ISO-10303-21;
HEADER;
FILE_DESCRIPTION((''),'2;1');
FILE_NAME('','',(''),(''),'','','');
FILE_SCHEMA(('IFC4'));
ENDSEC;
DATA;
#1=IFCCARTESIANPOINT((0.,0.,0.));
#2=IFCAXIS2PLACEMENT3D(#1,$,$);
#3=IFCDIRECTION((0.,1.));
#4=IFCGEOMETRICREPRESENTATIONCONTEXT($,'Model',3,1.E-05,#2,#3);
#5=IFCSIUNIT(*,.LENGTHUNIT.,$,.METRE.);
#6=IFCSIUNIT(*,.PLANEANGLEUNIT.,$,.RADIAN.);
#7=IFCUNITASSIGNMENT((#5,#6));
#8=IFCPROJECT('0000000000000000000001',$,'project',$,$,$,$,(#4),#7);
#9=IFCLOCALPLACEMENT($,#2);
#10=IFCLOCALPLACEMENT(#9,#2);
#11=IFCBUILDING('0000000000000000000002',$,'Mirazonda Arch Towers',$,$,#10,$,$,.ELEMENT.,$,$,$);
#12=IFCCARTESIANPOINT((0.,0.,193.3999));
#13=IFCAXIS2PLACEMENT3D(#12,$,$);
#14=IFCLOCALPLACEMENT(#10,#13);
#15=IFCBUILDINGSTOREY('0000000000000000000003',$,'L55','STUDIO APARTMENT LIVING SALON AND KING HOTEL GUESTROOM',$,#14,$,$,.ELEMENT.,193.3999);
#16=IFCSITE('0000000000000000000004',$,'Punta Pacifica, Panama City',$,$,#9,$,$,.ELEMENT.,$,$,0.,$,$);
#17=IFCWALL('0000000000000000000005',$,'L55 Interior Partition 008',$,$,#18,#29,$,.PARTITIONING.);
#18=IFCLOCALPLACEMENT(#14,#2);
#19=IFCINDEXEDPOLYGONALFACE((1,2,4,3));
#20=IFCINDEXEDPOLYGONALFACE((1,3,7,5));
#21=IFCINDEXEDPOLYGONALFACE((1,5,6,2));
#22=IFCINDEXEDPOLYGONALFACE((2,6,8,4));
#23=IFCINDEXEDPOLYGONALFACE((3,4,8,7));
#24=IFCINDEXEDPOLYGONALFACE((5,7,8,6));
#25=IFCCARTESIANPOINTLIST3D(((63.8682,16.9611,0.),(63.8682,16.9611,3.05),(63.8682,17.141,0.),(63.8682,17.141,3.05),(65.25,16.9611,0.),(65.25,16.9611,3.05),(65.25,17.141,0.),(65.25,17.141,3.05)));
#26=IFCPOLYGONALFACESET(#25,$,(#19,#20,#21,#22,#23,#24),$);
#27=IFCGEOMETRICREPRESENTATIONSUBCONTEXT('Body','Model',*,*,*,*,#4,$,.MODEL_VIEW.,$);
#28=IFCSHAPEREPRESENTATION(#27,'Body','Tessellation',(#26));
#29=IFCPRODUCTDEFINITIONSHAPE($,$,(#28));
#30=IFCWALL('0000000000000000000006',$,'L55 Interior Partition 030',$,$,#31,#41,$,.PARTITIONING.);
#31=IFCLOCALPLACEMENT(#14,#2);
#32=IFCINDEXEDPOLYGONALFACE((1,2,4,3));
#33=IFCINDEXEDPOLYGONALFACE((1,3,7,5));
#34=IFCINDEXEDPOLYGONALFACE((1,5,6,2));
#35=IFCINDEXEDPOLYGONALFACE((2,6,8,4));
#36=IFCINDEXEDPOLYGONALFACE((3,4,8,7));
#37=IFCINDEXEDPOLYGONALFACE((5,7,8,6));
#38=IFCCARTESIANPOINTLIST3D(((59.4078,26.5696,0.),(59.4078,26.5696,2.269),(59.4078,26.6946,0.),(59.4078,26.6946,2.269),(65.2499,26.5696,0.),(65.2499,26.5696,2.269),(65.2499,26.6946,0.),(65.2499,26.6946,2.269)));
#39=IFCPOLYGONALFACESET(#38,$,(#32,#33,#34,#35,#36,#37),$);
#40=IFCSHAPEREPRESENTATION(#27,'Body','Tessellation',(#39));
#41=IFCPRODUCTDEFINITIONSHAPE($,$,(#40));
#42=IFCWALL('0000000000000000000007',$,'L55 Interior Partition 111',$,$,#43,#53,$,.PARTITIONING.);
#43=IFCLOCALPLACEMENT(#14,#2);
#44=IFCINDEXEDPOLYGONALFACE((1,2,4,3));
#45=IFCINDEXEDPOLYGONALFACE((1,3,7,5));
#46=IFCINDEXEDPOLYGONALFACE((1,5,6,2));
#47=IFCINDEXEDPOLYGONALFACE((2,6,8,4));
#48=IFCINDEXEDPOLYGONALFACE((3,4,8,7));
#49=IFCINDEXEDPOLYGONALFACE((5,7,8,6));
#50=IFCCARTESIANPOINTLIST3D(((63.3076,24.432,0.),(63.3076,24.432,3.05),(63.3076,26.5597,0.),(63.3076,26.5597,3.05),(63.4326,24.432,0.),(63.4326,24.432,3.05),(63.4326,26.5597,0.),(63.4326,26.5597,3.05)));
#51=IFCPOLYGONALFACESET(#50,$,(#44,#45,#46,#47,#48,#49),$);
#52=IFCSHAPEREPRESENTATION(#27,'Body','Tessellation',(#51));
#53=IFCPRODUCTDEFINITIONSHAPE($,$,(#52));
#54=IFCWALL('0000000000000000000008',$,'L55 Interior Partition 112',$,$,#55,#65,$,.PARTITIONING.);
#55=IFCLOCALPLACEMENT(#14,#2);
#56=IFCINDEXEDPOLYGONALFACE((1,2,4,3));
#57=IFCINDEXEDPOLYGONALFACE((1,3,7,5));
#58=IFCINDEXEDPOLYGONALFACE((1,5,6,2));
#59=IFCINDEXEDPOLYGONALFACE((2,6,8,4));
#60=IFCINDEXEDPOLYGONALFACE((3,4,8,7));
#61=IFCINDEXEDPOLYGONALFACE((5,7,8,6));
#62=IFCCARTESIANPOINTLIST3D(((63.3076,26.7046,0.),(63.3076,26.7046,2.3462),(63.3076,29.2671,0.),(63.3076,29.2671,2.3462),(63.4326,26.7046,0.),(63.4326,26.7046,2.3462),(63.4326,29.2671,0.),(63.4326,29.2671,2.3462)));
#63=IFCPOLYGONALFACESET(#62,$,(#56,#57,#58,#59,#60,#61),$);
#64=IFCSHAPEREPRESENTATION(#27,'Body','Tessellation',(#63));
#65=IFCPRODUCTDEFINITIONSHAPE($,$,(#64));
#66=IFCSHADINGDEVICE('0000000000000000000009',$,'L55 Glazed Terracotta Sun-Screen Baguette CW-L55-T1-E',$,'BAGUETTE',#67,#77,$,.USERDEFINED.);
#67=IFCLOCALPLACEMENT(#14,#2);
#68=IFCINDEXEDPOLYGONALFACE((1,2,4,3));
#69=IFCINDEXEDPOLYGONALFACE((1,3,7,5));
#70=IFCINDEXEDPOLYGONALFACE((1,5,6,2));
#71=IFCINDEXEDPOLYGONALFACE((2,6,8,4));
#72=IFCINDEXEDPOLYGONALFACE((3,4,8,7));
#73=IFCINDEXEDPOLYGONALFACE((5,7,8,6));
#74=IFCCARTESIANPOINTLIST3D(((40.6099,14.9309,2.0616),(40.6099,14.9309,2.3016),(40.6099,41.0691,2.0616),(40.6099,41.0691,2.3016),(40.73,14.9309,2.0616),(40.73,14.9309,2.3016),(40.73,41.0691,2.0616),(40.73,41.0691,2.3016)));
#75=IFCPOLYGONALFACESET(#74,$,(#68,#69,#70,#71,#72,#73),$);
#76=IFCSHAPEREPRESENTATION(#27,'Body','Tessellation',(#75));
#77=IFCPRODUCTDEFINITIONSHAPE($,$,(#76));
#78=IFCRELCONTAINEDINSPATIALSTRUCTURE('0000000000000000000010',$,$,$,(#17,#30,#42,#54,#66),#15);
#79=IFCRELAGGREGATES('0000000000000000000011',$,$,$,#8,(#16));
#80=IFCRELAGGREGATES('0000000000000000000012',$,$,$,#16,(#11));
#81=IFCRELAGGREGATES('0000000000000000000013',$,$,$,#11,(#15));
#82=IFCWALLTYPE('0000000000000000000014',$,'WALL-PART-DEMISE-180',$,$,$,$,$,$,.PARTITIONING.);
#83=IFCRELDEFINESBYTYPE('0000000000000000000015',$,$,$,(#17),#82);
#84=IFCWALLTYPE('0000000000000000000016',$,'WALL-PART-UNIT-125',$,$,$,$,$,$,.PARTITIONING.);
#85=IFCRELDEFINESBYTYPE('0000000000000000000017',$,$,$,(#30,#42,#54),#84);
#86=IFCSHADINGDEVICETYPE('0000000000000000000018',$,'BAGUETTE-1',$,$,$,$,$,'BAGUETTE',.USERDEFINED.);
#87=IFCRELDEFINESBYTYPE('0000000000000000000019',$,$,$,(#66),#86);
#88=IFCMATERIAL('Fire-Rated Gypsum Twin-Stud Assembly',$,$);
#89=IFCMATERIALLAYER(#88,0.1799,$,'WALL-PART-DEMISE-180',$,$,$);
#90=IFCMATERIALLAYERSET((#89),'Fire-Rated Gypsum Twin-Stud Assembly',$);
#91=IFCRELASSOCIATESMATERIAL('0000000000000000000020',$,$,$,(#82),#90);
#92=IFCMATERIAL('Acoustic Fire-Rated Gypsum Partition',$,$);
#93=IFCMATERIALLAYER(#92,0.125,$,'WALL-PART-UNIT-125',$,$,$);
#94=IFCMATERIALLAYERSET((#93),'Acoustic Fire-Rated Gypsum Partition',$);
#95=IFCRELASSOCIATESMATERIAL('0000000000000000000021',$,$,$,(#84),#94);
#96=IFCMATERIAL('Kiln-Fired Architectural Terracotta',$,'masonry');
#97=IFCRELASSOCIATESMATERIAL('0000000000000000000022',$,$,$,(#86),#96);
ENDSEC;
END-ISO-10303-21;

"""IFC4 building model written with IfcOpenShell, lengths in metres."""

from ifc_helpers import new_model, si_unit, direction, frame, frame_2d, origin, origin_2d, place, context, subcontext, project, spatial, rectangle, extrude, material, layer, layer_set, material_profile, profile_set, type_object, element, save


model = new_model("IFC4")

# Units and contexts
model_context = context("Model", 3, precision=1e-05, world=origin(), true_north=direction((0.0, 1.0)))
body_context = subcontext(model_context, "Body", "Model", "MODEL_VIEW")
ifc_project = project(units=[si_unit("LENGTHUNIT", "METRE"), si_unit("PLANEANGLEUNIT", "RADIAN")], contexts=[model_context])

# Site, building, storey
site_placement = place(None, origin())
site = spatial("IfcSite", under=ifc_project, at=site_placement, Name="Punta Pacifica, Panama City", CompositionType="ELEMENT", RefElevation=0.0)
building_placement = place(site_placement, origin())
building = spatial("IfcBuilding", under=site, at=building_placement, Name="Mirazonda Arch Towers", CompositionType="ELEMENT")
storey_placement = place(building_placement, frame((0.0, 0.0, 193.3999)))
storey = spatial("IfcBuildingStorey", under=building, at=storey_placement, Name="L55", Description="STUDIO APARTMENT LIVING SALON AND KING HOTEL GUESTROOM", CompositionType="ELEMENT", Elevation=193.3999)

# Wall
ifc_material_1 = material(Name="Fire-Rated Gypsum Twin-Stud Assembly")
ifc_layer_1 = layer(ifc_material_1, 0.1799, Name="WALL-PART-DEMISE-180")
ifc_layer_set_1 = layer_set([ifc_layer_1], Name="Fire-Rated Gypsum Twin-Stud Assembly")
wall_type_1 = type_object("IfcWallType", Name="WALL-PART-DEMISE-180", PredefinedType="PARTITIONING", material=ifc_layer_set_1)
wall_1_placement = place(storey_placement, frame((63.8682, 17.051, 0.0), z_axis=(0.0, 0.0, 1.0), x_axis=(1.0, 0.0, 0.0)))
element("IfcWall", 1, at=wall_1_placement, inside=storey, type_object=wall_type_1, Name="L55 Interior Partition 008", PredefinedType="PARTITIONING", context=body_context, shape_type="SweptSolid", body=[
    extrude(rectangle(XDim=1.3818, YDim=0.1799, at=frame_2d((0.6909, 0.0))), origin(), (0.0, 0.0, 1.0), 3.05),
])

# Walls
ifc_material_2 = material(Name="Acoustic Fire-Rated Gypsum Partition")
ifc_layer_2 = layer(ifc_material_2, 0.125, Name="WALL-PART-UNIT-125")
ifc_layer_set_2 = layer_set([ifc_layer_2], Name="Acoustic Fire-Rated Gypsum Partition")
wall_type_2 = type_object("IfcWallType", Name="WALL-PART-UNIT-125", PredefinedType="PARTITIONING", material=ifc_layer_set_2)
wall_2_placement = place(storey_placement, frame((59.408, 26.6321, 0.0), z_axis=(0.0, 0.0, 1.0), x_axis=(1.0, 0.0, 0.0)))
element("IfcWall", 2, at=wall_2_placement, inside=storey, type_object=wall_type_2, Name="L55 Interior Partition 030", PredefinedType="PARTITIONING", context=body_context, shape_type="SweptSolid", body=[
    extrude(rectangle(XDim=5.842, YDim=0.125, at=frame_2d((2.9209, 0.0))), origin(), (0.0, 0.0, 1.0), 2.269),
])
wall_3_placement = place(storey_placement, frame((63.3701, 24.4319, 0.0), z_axis=(0.0, 0.0, 1.0), x_axis=(0.0, 1.0, 0.0)))
element("IfcWall", 3, at=wall_3_placement, inside=storey, type_object=wall_type_2, Name="L55 Interior Partition 111", PredefinedType="PARTITIONING", context=body_context, shape_type="SweptSolid", body=[
    extrude(rectangle(XDim=2.1277, YDim=0.125, at=frame_2d((1.064, 0.0))), origin(), (0.0, 0.0, 1.0), 3.05),
])
wall_4_placement = place(storey_placement, frame((63.3701, 26.7046, 0.0), z_axis=(0.0, 0.0, 1.0), x_axis=(0.0, 1.0, 0.0)))
element("IfcWall", 4, at=wall_4_placement, inside=storey, type_object=wall_type_2, Name="L55 Interior Partition 112", PredefinedType="PARTITIONING", context=body_context, shape_type="SweptSolid", body=[
    extrude(rectangle(XDim=2.5625, YDim=0.125, at=frame_2d((1.2812, 0.0))), origin(), (0.0, 0.0, 1.0), 2.3462),
])

# Shading device
ifc_material_3 = material(Name="Kiln-Fired Architectural Terracotta", Category="masonry")
ifc_material_profile_1 = material_profile(ifc_material_3, rectangle(XDim=0.1201, YDim=0.24, at=origin_2d()), Name="TERRA-BAG-120x240")
ifc_profile_set_1 = profile_set([ifc_material_profile_1], Name="Kiln-Fired Architectural Terracotta")
shading_device_type = type_object("IfcShadingDeviceType", Name="BAGUETTE-1", ElementType="BAGUETTE", PredefinedType="USERDEFINED", material=ifc_profile_set_1)
shading_device_placement = place(storey_placement, frame((40.6699, 14.9309, 2.1816), z_axis=(0.0, 1.0, 0.0), x_axis=(-1.0, 0.0, 0.0)))
element("IfcShadingDevice", 5, at=shading_device_placement, inside=storey, type_object=shading_device_type, Name="L55 Glazed Terracotta Sun-Screen Baguette CW-L55-T1-E", ObjectType="BAGUETTE", PredefinedType="USERDEFINED", context=body_context, shape_type="SweptSolid", body=[
    extrude(rectangle(XDim=0.1201, YDim=0.24, at=origin_2d()), origin(), (0.0, 0.0, 1.0), 26.1382),
])

save(model, "model.ifc")
